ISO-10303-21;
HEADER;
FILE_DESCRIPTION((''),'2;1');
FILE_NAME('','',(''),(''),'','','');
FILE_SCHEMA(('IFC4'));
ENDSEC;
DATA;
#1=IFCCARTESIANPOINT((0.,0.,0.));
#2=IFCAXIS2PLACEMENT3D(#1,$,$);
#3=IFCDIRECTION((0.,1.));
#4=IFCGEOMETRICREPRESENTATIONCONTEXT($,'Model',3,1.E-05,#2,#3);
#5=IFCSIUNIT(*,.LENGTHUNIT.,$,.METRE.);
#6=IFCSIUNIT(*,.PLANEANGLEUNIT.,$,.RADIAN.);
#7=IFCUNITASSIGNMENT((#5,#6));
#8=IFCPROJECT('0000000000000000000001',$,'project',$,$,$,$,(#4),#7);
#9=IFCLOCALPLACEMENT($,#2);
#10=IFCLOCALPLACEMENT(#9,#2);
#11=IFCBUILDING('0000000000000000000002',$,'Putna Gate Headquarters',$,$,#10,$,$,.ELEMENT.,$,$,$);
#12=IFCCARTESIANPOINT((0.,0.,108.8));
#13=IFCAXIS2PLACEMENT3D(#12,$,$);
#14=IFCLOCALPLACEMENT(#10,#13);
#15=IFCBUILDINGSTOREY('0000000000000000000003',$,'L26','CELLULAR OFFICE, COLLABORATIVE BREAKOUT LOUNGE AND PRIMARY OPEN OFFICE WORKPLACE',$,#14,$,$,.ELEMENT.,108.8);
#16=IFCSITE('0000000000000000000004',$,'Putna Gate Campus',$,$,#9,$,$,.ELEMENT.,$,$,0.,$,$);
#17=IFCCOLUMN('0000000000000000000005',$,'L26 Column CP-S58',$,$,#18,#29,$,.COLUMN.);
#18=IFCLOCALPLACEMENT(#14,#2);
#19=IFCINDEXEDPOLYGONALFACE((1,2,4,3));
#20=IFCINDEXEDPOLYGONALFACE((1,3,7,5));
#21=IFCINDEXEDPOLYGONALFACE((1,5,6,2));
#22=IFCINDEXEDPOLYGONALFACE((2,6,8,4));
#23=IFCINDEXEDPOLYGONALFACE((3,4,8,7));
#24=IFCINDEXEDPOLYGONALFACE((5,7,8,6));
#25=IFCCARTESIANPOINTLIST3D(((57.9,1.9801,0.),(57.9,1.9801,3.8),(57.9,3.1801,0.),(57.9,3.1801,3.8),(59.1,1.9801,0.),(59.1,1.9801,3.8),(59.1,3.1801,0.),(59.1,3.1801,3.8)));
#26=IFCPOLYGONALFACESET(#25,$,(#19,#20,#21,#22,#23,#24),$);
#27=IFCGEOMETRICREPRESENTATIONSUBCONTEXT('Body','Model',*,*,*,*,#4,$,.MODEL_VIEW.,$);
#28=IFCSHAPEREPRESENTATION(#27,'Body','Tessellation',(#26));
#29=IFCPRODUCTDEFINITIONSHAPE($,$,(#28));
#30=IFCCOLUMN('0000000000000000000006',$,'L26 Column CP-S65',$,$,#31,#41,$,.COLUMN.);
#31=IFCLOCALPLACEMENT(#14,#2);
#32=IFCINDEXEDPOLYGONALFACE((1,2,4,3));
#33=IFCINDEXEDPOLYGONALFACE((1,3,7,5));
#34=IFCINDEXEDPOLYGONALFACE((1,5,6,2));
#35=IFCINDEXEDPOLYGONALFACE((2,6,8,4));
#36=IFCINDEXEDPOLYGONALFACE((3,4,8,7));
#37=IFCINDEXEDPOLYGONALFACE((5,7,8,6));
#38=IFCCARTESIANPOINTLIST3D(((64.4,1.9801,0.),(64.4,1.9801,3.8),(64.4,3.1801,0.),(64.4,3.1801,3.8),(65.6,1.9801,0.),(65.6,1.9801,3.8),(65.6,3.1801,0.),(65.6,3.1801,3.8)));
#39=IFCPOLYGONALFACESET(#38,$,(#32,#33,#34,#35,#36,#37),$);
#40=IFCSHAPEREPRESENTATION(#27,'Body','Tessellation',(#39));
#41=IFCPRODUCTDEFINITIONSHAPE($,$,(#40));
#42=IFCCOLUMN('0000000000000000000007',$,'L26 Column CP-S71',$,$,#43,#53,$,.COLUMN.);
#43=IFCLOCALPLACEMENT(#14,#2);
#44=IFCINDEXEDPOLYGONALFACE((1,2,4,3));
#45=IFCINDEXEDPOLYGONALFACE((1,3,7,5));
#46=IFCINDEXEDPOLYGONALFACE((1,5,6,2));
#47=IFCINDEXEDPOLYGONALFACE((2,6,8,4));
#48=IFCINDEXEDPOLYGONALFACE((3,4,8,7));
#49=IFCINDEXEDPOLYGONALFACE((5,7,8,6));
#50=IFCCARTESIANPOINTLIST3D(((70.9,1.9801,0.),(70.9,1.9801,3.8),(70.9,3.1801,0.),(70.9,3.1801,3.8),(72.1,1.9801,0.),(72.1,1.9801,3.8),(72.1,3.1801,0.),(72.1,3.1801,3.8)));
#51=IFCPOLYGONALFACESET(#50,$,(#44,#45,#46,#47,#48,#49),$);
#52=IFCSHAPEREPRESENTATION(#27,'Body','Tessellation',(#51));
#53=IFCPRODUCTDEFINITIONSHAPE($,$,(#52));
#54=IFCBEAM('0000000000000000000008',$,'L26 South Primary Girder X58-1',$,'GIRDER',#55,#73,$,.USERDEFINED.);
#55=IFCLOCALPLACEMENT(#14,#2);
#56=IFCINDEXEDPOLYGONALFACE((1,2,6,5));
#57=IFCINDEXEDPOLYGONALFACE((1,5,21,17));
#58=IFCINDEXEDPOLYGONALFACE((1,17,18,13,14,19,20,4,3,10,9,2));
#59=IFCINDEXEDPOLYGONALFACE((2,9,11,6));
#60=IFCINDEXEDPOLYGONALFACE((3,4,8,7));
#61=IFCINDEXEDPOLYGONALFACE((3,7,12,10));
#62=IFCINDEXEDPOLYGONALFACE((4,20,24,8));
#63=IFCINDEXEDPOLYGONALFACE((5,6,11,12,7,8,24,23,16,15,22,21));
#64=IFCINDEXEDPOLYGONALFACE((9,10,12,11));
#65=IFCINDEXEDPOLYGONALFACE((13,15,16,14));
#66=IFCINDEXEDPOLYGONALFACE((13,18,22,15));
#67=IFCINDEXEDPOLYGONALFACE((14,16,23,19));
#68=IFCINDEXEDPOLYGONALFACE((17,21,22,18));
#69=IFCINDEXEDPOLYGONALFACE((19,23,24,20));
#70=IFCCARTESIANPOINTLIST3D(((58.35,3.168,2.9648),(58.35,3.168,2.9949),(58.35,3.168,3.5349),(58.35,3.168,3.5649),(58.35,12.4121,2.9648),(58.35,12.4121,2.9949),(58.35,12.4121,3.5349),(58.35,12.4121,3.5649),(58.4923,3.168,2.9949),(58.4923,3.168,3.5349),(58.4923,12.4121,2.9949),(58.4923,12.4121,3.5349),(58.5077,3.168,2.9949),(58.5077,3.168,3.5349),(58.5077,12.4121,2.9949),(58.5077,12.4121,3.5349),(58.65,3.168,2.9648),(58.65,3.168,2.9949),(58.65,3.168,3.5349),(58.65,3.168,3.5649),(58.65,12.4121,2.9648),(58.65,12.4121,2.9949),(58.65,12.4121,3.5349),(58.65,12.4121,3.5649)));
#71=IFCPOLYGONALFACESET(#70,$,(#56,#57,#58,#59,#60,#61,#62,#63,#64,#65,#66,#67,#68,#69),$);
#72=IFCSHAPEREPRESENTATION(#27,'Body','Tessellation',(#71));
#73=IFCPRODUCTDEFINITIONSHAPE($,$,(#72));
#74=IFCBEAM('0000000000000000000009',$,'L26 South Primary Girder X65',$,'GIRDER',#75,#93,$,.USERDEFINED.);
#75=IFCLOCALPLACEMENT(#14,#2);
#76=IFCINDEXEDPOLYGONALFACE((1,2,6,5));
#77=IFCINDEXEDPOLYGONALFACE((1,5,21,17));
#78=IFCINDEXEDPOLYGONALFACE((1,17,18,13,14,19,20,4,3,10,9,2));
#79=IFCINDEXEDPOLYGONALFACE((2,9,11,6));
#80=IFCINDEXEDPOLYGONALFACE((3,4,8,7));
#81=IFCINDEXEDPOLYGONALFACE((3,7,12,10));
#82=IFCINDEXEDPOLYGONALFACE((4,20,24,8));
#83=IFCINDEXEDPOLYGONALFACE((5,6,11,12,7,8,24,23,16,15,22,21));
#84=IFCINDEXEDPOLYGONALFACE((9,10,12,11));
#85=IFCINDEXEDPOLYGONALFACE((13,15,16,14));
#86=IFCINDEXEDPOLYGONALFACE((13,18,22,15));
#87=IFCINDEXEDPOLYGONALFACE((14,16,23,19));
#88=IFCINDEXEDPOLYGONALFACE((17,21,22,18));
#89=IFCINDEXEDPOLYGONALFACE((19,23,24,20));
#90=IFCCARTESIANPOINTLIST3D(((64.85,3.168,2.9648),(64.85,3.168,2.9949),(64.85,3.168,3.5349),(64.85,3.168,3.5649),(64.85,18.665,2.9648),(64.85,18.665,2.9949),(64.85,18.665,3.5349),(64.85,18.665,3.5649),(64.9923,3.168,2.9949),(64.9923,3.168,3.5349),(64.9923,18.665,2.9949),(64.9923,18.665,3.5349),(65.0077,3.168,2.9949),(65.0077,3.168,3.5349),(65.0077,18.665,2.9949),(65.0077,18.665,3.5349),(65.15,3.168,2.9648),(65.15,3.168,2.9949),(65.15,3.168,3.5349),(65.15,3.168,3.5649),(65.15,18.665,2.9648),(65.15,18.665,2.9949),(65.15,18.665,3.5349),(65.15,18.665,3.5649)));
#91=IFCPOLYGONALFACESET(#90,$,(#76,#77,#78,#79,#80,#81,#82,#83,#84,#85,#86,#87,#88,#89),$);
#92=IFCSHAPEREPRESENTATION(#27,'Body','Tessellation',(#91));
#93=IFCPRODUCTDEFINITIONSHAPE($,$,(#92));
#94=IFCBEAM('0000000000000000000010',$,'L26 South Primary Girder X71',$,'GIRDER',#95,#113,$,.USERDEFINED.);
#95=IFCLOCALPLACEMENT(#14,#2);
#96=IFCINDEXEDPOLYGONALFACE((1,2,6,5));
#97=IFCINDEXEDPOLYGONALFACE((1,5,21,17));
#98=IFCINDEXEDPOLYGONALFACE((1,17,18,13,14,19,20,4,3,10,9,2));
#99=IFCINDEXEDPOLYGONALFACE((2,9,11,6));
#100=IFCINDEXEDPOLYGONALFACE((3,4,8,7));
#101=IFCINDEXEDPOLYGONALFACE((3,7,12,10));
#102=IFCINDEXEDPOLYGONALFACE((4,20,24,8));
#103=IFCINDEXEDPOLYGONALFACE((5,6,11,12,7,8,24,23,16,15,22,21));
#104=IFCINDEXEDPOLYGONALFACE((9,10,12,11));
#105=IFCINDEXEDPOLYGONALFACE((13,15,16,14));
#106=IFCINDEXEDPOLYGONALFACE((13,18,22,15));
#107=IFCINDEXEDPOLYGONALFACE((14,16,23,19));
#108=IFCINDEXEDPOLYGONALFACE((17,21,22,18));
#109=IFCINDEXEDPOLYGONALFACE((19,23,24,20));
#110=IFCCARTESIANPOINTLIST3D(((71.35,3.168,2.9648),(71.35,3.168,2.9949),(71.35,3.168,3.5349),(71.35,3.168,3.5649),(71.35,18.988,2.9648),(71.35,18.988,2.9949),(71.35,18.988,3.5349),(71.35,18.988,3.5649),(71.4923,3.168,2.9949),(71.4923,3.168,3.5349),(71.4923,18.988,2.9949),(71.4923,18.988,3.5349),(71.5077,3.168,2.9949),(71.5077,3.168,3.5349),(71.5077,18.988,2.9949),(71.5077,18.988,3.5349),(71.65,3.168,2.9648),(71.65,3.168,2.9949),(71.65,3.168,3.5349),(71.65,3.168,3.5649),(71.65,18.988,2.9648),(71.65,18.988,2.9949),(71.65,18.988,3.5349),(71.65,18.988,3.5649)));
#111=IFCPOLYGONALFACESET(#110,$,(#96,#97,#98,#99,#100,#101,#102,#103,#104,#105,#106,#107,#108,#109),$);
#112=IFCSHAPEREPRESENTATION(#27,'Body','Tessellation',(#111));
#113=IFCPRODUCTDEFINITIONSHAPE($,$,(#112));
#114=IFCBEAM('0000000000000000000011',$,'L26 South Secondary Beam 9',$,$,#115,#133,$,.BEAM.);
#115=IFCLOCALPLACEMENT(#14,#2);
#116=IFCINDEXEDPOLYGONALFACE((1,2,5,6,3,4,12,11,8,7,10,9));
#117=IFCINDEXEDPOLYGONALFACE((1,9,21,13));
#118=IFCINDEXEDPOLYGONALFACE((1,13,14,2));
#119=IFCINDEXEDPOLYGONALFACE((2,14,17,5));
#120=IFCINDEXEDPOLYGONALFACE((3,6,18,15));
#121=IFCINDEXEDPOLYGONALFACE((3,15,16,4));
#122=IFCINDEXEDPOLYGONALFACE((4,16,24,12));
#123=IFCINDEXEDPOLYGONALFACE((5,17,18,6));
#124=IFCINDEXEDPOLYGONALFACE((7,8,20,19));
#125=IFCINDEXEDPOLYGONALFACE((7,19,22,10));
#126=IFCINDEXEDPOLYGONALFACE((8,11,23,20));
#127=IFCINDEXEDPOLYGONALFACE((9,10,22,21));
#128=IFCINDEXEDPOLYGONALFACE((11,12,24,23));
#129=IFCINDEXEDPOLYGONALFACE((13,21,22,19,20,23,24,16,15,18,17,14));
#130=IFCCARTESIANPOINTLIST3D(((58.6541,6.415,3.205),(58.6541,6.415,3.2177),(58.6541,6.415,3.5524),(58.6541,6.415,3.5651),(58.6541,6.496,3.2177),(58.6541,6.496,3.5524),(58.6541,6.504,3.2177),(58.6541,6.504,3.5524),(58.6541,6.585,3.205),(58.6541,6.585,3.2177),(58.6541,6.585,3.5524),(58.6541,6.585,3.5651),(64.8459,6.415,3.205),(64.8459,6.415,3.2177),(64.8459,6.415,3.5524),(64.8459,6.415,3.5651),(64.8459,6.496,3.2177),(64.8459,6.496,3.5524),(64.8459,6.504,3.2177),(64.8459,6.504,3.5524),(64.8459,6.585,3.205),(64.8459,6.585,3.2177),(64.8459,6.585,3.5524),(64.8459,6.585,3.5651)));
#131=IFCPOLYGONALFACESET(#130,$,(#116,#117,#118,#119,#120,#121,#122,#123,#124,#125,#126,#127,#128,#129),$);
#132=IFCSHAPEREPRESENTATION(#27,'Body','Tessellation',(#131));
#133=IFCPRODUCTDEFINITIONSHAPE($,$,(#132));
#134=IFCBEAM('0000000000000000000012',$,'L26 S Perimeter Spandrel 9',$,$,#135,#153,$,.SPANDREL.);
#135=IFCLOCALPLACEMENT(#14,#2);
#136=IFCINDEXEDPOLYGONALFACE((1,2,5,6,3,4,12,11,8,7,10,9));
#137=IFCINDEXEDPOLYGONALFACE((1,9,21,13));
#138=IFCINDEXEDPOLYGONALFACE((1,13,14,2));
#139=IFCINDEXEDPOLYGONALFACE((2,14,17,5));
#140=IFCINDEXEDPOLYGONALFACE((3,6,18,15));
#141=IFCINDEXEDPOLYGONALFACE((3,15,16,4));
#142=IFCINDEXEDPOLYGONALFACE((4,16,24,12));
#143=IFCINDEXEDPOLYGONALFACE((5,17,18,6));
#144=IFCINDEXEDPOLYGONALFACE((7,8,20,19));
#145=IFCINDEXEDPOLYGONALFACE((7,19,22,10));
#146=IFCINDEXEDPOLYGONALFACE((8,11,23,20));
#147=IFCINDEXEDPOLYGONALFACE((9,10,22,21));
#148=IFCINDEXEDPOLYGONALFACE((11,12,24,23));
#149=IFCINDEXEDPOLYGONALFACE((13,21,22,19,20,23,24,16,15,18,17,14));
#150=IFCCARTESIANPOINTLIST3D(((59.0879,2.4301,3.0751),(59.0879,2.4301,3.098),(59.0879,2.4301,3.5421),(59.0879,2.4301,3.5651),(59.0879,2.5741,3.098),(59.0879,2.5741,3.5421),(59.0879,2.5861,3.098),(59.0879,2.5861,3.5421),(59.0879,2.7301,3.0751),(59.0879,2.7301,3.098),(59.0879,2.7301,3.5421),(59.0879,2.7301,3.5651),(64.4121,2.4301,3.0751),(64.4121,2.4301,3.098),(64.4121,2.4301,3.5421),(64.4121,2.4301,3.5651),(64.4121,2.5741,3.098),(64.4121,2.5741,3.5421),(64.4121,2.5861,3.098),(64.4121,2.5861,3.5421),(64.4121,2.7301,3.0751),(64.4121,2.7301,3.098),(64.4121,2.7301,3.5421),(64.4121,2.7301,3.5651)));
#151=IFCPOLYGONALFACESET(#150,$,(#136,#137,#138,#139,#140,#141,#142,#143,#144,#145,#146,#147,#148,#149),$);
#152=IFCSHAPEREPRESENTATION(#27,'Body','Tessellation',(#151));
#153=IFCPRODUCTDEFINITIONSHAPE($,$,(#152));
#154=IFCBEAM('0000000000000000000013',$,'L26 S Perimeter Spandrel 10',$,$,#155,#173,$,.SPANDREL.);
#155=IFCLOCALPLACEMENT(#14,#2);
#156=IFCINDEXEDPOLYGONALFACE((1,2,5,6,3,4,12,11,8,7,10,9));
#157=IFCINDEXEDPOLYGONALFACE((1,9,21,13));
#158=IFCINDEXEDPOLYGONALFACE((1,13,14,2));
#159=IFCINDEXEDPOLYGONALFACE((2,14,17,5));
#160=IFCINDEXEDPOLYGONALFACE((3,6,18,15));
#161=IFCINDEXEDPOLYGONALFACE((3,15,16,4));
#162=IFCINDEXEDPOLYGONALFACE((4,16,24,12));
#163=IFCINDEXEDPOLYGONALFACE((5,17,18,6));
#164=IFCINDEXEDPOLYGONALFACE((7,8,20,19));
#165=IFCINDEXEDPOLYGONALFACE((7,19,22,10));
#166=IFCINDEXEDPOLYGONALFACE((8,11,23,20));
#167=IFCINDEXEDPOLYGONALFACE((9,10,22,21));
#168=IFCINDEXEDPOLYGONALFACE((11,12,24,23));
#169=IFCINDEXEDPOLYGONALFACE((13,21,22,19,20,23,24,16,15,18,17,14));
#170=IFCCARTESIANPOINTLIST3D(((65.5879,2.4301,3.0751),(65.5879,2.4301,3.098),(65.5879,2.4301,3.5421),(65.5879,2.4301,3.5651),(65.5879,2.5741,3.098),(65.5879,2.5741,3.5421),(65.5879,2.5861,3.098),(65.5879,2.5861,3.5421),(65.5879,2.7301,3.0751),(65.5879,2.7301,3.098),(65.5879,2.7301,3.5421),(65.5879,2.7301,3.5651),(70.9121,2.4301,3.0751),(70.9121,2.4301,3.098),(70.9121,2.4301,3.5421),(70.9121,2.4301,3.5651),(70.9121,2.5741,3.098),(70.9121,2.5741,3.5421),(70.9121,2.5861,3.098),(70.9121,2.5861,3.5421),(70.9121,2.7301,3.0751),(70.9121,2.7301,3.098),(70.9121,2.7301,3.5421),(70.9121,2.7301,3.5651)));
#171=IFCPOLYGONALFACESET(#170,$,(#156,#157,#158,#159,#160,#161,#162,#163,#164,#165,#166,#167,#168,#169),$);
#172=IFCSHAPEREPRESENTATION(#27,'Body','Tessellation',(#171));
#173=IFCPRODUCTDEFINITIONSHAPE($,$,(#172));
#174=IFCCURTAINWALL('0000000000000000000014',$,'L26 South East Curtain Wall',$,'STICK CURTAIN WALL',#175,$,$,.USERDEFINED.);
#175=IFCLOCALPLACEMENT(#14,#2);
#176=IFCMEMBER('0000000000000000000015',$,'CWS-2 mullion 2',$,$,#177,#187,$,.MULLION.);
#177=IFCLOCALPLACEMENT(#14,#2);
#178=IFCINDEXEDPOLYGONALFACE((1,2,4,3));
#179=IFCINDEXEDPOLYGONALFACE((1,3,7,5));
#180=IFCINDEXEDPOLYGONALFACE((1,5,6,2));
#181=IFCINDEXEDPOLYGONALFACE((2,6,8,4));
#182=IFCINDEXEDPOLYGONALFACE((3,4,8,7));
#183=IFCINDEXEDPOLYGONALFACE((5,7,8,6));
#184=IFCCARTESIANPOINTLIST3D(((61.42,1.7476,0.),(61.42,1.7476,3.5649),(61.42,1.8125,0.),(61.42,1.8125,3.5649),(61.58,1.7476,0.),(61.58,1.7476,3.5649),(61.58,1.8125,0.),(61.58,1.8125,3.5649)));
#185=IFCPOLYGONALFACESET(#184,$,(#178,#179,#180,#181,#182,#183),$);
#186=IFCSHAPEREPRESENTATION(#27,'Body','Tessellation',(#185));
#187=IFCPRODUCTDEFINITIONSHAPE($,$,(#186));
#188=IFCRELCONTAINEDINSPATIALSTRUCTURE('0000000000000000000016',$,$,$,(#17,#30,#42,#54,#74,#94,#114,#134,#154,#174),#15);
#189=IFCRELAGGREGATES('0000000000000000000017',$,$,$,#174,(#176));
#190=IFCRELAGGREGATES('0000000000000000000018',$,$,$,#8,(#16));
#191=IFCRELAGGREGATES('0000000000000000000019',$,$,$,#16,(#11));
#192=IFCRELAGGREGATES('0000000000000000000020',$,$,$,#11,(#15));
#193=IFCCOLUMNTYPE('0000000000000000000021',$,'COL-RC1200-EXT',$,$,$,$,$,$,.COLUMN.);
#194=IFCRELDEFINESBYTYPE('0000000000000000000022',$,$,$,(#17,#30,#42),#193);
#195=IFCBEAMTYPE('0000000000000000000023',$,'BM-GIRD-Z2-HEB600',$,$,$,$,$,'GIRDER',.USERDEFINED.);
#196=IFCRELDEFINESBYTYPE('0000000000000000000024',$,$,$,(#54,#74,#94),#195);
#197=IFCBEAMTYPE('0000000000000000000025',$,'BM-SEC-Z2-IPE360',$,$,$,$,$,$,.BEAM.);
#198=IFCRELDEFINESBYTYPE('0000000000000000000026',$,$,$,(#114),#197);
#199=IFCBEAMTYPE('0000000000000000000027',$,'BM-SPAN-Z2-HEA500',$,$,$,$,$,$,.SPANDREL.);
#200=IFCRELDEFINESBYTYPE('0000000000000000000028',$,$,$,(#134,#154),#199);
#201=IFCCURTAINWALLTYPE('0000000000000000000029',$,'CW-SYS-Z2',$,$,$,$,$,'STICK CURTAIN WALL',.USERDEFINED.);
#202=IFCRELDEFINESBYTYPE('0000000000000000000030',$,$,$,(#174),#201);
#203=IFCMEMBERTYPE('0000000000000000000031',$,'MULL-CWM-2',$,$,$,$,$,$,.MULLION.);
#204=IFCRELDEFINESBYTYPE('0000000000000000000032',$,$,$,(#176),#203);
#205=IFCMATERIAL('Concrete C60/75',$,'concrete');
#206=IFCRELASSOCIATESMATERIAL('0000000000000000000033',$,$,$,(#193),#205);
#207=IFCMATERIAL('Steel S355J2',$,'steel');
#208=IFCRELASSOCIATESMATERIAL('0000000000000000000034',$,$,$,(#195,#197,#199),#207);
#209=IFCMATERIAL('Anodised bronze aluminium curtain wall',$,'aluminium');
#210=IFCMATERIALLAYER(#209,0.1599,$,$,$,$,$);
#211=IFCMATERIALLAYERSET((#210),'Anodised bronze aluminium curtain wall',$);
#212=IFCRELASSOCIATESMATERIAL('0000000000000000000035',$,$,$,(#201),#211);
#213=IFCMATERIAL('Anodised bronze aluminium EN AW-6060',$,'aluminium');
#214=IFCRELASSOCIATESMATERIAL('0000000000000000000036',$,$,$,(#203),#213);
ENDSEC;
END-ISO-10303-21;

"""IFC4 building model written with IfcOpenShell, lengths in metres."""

from ifc_helpers import new_model, si_unit, direction, frame, origin, origin_2d, place, context, subcontext, project, spatial, rectangle, i_section, extrude, material, layer, layer_set, material_profile, profile_set, type_object, element, aggregate, save


model = new_model("IFC4")

# Units and contexts
model_context = context("Model", 3, precision=1e-05, world=origin(), true_north=direction((0.0, 1.0)))
body_context = subcontext(model_context, "Body", "Model", "MODEL_VIEW")
ifc_project = project(units=[si_unit("LENGTHUNIT", "METRE"), si_unit("PLANEANGLEUNIT", "RADIAN")], contexts=[model_context])

# Site, building, storey
site_placement = place(None, origin())
site = spatial("IfcSite", under=ifc_project, at=site_placement, Name="Putna Gate Campus", CompositionType="ELEMENT", RefElevation=0.0)
building_placement = place(site_placement, origin())
building = spatial("IfcBuilding", under=site, at=building_placement, Name="Putna Gate Headquarters", CompositionType="ELEMENT")
storey_placement = place(building_placement, frame((0.0, 0.0, 108.8)))
storey = spatial("IfcBuildingStorey", under=building, at=storey_placement, Name="L26", Description="CELLULAR OFFICE, COLLABORATIVE BREAKOUT LOUNGE AND PRIMARY OPEN OFFICE WORKPLACE", CompositionType="ELEMENT", Elevation=108.8)

# Columns
ifc_material_1 = material(Name="Concrete C60/75", Category="concrete")
ifc_material_profile_1 = material_profile(ifc_material_1, rectangle(XDim=1.2, YDim=1.2, at=origin_2d()), Name="Concrete C60/75")
ifc_profile_set_1 = profile_set([ifc_material_profile_1], Name="Concrete C60/75")
column_type = type_object("IfcColumnType", Name="COL-RC1200-EXT", PredefinedType="COLUMN", material=ifc_profile_set_1)
for number, where, z_axis, x_axis, name in (
    (1, (58.5, 2.5801, 0.0), (0.0, 0.0, 1.0), (1.0, 0.0, 0.0), "L26 Column CP-S58"),
    (2, (65.0, 2.5801, 0.0), (0.0, 0.0, 1.0), (1.0, 0.0, 0.0), "L26 Column CP-S65"),
    (3, (71.5, 2.5801, 0.0), (0.0, 0.0, 1.0), (1.0, 0.0, 0.0), "L26 Column CP-S71"),
):
    element("IfcColumn", number, at=place(storey_placement, frame(where, z_axis=z_axis, x_axis=x_axis)), inside=storey, type_object=column_type, Name=name, PredefinedType="COLUMN", context=body_context, shape_type="SweptSolid", body=[
        extrude(rectangle(XDim=1.2, YDim=1.2, at=origin_2d()), origin(), (0.0, 0.0, 1.0), 3.8),
    ])

# Beams
ifc_material_2 = material(Name="Steel S355J2", Category="steel")
ifc_material_profile_2 = material_profile(ifc_material_2, i_section(OverallWidth=0.3, OverallDepth=0.6001, WebThickness=0.0154, FlangeThickness=0.03, at=origin_2d()), Name="Steel S355J2")
ifc_profile_set_2 = profile_set([ifc_material_profile_2], Name="Steel S355J2")
beam_type_1 = type_object("IfcBeamType", Name="BM-GIRD-Z2-HEB600", ElementType="GIRDER", PredefinedType="USERDEFINED", material=ifc_profile_set_2)
beam_1_placement = place(storey_placement, frame((58.5, 3.168, 3.2649), z_axis=(0.0, 1.0, 0.0), x_axis=(-1.0, 0.0, 0.0)))
element("IfcBeam", 4, at=beam_1_placement, inside=storey, type_object=beam_type_1, Name="L26 South Primary Girder X58-1", ObjectType="GIRDER", PredefinedType="USERDEFINED", context=body_context, shape_type="SweptSolid", body=[
    extrude(i_section(OverallWidth=0.3, OverallDepth=0.6001, WebThickness=0.0154, FlangeThickness=0.03, at=origin_2d()), origin(), (0.0, 0.0, 1.0), 9.2441),
])
beam_2_placement = place(storey_placement, frame((65.0, 3.168, 3.2649), z_axis=(0.0, 1.0, 0.0), x_axis=(-1.0, 0.0, 0.0)))
element("IfcBeam", 5, at=beam_2_placement, inside=storey, type_object=beam_type_1, Name="L26 South Primary Girder X65", ObjectType="GIRDER", PredefinedType="USERDEFINED", context=body_context, shape_type="SweptSolid", body=[
    extrude(i_section(OverallWidth=0.3, OverallDepth=0.6001, WebThickness=0.0154, FlangeThickness=0.03, at=origin_2d()), origin(), (0.0, 0.0, 1.0), 15.4971),
])
beam_3_placement = place(storey_placement, frame((71.5, 3.168, 3.2649), z_axis=(0.0, 1.0, 0.0), x_axis=(-1.0, 0.0, 0.0)))
element("IfcBeam", 6, at=beam_3_placement, inside=storey, type_object=beam_type_1, Name="L26 South Primary Girder X71", ObjectType="GIRDER", PredefinedType="USERDEFINED", context=body_context, shape_type="SweptSolid", body=[
    extrude(i_section(OverallWidth=0.3, OverallDepth=0.6001, WebThickness=0.0154, FlangeThickness=0.03, at=origin_2d()), origin(), (0.0, 0.0, 1.0), 15.8201),
])
ifc_material_profile_3 = material_profile(ifc_material_2, i_section(OverallWidth=0.1699, OverallDepth=0.3601, WebThickness=0.0081, FlangeThickness=0.0127, at=origin_2d()), Name="Steel S355J2")
ifc_profile_set_3 = profile_set([ifc_material_profile_3], Name="Steel S355J2")
beam_type_2 = type_object("IfcBeamType", Name="BM-SEC-Z2-IPE360", PredefinedType="BEAM", material=ifc_profile_set_3)
beam_4_placement = place(storey_placement, frame((58.6541, 6.5, 3.385), z_axis=(1.0, 0.0, 0.0), x_axis=(0.0, 1.0, 0.0)))
element("IfcBeam", 7, at=beam_4_placement, inside=storey, type_object=beam_type_2, Name="L26 South Secondary Beam 9", PredefinedType="BEAM", context=body_context, shape_type="SweptSolid", body=[
    extrude(i_section(OverallWidth=0.1699, OverallDepth=0.3601, WebThickness=0.0081, FlangeThickness=0.0127, at=origin_2d()), origin(), (0.0, 0.0, 1.0), 6.1919),
])
ifc_material_profile_4 = material_profile(ifc_material_2, i_section(OverallWidth=0.3, OverallDepth=0.49, WebThickness=0.012, FlangeThickness=0.0229, at=origin_2d()), Name="Steel S355J2")
ifc_profile_set_4 = profile_set([ifc_material_profile_4], Name="Steel S355J2")
beam_type_3 = type_object("IfcBeamType", Name="BM-SPAN-Z2-HEA500", PredefinedType="SPANDREL", material=ifc_profile_set_4)
for number, where, z_axis, x_axis, name in (
    (8, (59.0879, 2.5801, 3.3201), (1.0, 0.0, 0.0), (0.0, 1.0, 0.0), "L26 S Perimeter Spandrel 9"),
    (9, (65.5879, 2.5801, 3.3201), (1.0, 0.0, 0.0), (0.0, 1.0, 0.0), "L26 S Perimeter Spandrel 10"),
):
    element("IfcBeam", number, at=place(storey_placement, frame(where, z_axis=z_axis, x_axis=x_axis)), inside=storey, type_object=beam_type_3, Name=name, PredefinedType="SPANDREL", context=body_context, shape_type="SweptSolid", body=[
        extrude(i_section(OverallWidth=0.3, OverallDepth=0.49, WebThickness=0.012, FlangeThickness=0.0229, at=origin_2d()), origin(), (0.0, 0.0, 1.0), 5.3242),
    ])

# Curtain wall, member
ifc_material_3 = material(Name="Anodised bronze aluminium curtain wall", Category="aluminium")
ifc_layer_1 = layer(ifc_material_3, 0.1599)
ifc_layer_set_1 = layer_set([ifc_layer_1], Name="Anodised bronze aluminium curtain wall")
curtain_wall_type = type_object("IfcCurtainWallType", Name="CW-SYS-Z2", ElementType="STICK CURTAIN WALL", PredefinedType="USERDEFINED", material=ifc_layer_set_1)
curtain_wall_1_placement = place(storey_placement, origin())
curtain_wall_1 = element("IfcCurtainWall", 10, at=curtain_wall_1_placement, inside=storey, type_object=curtain_wall_type, Name="L26 South East Curtain Wall", ObjectType="STICK CURTAIN WALL", PredefinedType="USERDEFINED")
ifc_material_4 = material(Name="Anodised bronze aluminium EN AW-6060", Category="aluminium")
ifc_material_profile_5 = material_profile(ifc_material_4, rectangle(XDim=0.0649, YDim=0.1599, at=origin_2d()), Name="Anodised bronze aluminium EN AW-6060")
ifc_profile_set_5 = profile_set([ifc_material_profile_5], Name="Anodised bronze aluminium EN AW-6060")
member_type_1 = type_object("IfcMemberType", Name="MULL-CWM-2", PredefinedType="MULLION", material=ifc_profile_set_5)
member_1_placement = place(storey_placement, frame((61.5, 1.78, 0.0), z_axis=(0.0, 0.0, 1.0), x_axis=(0.0, 1.0, 0.0)))
member_1 = element("IfcMember", 11, at=member_1_placement, type_object=member_type_1, Name="CWS-2 mullion 2", PredefinedType="MULLION", context=body_context, shape_type="SweptSolid", body=[
    extrude(rectangle(XDim=0.0649, YDim=0.1599, at=origin_2d()), origin(), (0.0, 0.0, 1.0), 3.5649),
])

aggregate(curtain_wall_1, [member_1])

save(model, "model.ifc")
